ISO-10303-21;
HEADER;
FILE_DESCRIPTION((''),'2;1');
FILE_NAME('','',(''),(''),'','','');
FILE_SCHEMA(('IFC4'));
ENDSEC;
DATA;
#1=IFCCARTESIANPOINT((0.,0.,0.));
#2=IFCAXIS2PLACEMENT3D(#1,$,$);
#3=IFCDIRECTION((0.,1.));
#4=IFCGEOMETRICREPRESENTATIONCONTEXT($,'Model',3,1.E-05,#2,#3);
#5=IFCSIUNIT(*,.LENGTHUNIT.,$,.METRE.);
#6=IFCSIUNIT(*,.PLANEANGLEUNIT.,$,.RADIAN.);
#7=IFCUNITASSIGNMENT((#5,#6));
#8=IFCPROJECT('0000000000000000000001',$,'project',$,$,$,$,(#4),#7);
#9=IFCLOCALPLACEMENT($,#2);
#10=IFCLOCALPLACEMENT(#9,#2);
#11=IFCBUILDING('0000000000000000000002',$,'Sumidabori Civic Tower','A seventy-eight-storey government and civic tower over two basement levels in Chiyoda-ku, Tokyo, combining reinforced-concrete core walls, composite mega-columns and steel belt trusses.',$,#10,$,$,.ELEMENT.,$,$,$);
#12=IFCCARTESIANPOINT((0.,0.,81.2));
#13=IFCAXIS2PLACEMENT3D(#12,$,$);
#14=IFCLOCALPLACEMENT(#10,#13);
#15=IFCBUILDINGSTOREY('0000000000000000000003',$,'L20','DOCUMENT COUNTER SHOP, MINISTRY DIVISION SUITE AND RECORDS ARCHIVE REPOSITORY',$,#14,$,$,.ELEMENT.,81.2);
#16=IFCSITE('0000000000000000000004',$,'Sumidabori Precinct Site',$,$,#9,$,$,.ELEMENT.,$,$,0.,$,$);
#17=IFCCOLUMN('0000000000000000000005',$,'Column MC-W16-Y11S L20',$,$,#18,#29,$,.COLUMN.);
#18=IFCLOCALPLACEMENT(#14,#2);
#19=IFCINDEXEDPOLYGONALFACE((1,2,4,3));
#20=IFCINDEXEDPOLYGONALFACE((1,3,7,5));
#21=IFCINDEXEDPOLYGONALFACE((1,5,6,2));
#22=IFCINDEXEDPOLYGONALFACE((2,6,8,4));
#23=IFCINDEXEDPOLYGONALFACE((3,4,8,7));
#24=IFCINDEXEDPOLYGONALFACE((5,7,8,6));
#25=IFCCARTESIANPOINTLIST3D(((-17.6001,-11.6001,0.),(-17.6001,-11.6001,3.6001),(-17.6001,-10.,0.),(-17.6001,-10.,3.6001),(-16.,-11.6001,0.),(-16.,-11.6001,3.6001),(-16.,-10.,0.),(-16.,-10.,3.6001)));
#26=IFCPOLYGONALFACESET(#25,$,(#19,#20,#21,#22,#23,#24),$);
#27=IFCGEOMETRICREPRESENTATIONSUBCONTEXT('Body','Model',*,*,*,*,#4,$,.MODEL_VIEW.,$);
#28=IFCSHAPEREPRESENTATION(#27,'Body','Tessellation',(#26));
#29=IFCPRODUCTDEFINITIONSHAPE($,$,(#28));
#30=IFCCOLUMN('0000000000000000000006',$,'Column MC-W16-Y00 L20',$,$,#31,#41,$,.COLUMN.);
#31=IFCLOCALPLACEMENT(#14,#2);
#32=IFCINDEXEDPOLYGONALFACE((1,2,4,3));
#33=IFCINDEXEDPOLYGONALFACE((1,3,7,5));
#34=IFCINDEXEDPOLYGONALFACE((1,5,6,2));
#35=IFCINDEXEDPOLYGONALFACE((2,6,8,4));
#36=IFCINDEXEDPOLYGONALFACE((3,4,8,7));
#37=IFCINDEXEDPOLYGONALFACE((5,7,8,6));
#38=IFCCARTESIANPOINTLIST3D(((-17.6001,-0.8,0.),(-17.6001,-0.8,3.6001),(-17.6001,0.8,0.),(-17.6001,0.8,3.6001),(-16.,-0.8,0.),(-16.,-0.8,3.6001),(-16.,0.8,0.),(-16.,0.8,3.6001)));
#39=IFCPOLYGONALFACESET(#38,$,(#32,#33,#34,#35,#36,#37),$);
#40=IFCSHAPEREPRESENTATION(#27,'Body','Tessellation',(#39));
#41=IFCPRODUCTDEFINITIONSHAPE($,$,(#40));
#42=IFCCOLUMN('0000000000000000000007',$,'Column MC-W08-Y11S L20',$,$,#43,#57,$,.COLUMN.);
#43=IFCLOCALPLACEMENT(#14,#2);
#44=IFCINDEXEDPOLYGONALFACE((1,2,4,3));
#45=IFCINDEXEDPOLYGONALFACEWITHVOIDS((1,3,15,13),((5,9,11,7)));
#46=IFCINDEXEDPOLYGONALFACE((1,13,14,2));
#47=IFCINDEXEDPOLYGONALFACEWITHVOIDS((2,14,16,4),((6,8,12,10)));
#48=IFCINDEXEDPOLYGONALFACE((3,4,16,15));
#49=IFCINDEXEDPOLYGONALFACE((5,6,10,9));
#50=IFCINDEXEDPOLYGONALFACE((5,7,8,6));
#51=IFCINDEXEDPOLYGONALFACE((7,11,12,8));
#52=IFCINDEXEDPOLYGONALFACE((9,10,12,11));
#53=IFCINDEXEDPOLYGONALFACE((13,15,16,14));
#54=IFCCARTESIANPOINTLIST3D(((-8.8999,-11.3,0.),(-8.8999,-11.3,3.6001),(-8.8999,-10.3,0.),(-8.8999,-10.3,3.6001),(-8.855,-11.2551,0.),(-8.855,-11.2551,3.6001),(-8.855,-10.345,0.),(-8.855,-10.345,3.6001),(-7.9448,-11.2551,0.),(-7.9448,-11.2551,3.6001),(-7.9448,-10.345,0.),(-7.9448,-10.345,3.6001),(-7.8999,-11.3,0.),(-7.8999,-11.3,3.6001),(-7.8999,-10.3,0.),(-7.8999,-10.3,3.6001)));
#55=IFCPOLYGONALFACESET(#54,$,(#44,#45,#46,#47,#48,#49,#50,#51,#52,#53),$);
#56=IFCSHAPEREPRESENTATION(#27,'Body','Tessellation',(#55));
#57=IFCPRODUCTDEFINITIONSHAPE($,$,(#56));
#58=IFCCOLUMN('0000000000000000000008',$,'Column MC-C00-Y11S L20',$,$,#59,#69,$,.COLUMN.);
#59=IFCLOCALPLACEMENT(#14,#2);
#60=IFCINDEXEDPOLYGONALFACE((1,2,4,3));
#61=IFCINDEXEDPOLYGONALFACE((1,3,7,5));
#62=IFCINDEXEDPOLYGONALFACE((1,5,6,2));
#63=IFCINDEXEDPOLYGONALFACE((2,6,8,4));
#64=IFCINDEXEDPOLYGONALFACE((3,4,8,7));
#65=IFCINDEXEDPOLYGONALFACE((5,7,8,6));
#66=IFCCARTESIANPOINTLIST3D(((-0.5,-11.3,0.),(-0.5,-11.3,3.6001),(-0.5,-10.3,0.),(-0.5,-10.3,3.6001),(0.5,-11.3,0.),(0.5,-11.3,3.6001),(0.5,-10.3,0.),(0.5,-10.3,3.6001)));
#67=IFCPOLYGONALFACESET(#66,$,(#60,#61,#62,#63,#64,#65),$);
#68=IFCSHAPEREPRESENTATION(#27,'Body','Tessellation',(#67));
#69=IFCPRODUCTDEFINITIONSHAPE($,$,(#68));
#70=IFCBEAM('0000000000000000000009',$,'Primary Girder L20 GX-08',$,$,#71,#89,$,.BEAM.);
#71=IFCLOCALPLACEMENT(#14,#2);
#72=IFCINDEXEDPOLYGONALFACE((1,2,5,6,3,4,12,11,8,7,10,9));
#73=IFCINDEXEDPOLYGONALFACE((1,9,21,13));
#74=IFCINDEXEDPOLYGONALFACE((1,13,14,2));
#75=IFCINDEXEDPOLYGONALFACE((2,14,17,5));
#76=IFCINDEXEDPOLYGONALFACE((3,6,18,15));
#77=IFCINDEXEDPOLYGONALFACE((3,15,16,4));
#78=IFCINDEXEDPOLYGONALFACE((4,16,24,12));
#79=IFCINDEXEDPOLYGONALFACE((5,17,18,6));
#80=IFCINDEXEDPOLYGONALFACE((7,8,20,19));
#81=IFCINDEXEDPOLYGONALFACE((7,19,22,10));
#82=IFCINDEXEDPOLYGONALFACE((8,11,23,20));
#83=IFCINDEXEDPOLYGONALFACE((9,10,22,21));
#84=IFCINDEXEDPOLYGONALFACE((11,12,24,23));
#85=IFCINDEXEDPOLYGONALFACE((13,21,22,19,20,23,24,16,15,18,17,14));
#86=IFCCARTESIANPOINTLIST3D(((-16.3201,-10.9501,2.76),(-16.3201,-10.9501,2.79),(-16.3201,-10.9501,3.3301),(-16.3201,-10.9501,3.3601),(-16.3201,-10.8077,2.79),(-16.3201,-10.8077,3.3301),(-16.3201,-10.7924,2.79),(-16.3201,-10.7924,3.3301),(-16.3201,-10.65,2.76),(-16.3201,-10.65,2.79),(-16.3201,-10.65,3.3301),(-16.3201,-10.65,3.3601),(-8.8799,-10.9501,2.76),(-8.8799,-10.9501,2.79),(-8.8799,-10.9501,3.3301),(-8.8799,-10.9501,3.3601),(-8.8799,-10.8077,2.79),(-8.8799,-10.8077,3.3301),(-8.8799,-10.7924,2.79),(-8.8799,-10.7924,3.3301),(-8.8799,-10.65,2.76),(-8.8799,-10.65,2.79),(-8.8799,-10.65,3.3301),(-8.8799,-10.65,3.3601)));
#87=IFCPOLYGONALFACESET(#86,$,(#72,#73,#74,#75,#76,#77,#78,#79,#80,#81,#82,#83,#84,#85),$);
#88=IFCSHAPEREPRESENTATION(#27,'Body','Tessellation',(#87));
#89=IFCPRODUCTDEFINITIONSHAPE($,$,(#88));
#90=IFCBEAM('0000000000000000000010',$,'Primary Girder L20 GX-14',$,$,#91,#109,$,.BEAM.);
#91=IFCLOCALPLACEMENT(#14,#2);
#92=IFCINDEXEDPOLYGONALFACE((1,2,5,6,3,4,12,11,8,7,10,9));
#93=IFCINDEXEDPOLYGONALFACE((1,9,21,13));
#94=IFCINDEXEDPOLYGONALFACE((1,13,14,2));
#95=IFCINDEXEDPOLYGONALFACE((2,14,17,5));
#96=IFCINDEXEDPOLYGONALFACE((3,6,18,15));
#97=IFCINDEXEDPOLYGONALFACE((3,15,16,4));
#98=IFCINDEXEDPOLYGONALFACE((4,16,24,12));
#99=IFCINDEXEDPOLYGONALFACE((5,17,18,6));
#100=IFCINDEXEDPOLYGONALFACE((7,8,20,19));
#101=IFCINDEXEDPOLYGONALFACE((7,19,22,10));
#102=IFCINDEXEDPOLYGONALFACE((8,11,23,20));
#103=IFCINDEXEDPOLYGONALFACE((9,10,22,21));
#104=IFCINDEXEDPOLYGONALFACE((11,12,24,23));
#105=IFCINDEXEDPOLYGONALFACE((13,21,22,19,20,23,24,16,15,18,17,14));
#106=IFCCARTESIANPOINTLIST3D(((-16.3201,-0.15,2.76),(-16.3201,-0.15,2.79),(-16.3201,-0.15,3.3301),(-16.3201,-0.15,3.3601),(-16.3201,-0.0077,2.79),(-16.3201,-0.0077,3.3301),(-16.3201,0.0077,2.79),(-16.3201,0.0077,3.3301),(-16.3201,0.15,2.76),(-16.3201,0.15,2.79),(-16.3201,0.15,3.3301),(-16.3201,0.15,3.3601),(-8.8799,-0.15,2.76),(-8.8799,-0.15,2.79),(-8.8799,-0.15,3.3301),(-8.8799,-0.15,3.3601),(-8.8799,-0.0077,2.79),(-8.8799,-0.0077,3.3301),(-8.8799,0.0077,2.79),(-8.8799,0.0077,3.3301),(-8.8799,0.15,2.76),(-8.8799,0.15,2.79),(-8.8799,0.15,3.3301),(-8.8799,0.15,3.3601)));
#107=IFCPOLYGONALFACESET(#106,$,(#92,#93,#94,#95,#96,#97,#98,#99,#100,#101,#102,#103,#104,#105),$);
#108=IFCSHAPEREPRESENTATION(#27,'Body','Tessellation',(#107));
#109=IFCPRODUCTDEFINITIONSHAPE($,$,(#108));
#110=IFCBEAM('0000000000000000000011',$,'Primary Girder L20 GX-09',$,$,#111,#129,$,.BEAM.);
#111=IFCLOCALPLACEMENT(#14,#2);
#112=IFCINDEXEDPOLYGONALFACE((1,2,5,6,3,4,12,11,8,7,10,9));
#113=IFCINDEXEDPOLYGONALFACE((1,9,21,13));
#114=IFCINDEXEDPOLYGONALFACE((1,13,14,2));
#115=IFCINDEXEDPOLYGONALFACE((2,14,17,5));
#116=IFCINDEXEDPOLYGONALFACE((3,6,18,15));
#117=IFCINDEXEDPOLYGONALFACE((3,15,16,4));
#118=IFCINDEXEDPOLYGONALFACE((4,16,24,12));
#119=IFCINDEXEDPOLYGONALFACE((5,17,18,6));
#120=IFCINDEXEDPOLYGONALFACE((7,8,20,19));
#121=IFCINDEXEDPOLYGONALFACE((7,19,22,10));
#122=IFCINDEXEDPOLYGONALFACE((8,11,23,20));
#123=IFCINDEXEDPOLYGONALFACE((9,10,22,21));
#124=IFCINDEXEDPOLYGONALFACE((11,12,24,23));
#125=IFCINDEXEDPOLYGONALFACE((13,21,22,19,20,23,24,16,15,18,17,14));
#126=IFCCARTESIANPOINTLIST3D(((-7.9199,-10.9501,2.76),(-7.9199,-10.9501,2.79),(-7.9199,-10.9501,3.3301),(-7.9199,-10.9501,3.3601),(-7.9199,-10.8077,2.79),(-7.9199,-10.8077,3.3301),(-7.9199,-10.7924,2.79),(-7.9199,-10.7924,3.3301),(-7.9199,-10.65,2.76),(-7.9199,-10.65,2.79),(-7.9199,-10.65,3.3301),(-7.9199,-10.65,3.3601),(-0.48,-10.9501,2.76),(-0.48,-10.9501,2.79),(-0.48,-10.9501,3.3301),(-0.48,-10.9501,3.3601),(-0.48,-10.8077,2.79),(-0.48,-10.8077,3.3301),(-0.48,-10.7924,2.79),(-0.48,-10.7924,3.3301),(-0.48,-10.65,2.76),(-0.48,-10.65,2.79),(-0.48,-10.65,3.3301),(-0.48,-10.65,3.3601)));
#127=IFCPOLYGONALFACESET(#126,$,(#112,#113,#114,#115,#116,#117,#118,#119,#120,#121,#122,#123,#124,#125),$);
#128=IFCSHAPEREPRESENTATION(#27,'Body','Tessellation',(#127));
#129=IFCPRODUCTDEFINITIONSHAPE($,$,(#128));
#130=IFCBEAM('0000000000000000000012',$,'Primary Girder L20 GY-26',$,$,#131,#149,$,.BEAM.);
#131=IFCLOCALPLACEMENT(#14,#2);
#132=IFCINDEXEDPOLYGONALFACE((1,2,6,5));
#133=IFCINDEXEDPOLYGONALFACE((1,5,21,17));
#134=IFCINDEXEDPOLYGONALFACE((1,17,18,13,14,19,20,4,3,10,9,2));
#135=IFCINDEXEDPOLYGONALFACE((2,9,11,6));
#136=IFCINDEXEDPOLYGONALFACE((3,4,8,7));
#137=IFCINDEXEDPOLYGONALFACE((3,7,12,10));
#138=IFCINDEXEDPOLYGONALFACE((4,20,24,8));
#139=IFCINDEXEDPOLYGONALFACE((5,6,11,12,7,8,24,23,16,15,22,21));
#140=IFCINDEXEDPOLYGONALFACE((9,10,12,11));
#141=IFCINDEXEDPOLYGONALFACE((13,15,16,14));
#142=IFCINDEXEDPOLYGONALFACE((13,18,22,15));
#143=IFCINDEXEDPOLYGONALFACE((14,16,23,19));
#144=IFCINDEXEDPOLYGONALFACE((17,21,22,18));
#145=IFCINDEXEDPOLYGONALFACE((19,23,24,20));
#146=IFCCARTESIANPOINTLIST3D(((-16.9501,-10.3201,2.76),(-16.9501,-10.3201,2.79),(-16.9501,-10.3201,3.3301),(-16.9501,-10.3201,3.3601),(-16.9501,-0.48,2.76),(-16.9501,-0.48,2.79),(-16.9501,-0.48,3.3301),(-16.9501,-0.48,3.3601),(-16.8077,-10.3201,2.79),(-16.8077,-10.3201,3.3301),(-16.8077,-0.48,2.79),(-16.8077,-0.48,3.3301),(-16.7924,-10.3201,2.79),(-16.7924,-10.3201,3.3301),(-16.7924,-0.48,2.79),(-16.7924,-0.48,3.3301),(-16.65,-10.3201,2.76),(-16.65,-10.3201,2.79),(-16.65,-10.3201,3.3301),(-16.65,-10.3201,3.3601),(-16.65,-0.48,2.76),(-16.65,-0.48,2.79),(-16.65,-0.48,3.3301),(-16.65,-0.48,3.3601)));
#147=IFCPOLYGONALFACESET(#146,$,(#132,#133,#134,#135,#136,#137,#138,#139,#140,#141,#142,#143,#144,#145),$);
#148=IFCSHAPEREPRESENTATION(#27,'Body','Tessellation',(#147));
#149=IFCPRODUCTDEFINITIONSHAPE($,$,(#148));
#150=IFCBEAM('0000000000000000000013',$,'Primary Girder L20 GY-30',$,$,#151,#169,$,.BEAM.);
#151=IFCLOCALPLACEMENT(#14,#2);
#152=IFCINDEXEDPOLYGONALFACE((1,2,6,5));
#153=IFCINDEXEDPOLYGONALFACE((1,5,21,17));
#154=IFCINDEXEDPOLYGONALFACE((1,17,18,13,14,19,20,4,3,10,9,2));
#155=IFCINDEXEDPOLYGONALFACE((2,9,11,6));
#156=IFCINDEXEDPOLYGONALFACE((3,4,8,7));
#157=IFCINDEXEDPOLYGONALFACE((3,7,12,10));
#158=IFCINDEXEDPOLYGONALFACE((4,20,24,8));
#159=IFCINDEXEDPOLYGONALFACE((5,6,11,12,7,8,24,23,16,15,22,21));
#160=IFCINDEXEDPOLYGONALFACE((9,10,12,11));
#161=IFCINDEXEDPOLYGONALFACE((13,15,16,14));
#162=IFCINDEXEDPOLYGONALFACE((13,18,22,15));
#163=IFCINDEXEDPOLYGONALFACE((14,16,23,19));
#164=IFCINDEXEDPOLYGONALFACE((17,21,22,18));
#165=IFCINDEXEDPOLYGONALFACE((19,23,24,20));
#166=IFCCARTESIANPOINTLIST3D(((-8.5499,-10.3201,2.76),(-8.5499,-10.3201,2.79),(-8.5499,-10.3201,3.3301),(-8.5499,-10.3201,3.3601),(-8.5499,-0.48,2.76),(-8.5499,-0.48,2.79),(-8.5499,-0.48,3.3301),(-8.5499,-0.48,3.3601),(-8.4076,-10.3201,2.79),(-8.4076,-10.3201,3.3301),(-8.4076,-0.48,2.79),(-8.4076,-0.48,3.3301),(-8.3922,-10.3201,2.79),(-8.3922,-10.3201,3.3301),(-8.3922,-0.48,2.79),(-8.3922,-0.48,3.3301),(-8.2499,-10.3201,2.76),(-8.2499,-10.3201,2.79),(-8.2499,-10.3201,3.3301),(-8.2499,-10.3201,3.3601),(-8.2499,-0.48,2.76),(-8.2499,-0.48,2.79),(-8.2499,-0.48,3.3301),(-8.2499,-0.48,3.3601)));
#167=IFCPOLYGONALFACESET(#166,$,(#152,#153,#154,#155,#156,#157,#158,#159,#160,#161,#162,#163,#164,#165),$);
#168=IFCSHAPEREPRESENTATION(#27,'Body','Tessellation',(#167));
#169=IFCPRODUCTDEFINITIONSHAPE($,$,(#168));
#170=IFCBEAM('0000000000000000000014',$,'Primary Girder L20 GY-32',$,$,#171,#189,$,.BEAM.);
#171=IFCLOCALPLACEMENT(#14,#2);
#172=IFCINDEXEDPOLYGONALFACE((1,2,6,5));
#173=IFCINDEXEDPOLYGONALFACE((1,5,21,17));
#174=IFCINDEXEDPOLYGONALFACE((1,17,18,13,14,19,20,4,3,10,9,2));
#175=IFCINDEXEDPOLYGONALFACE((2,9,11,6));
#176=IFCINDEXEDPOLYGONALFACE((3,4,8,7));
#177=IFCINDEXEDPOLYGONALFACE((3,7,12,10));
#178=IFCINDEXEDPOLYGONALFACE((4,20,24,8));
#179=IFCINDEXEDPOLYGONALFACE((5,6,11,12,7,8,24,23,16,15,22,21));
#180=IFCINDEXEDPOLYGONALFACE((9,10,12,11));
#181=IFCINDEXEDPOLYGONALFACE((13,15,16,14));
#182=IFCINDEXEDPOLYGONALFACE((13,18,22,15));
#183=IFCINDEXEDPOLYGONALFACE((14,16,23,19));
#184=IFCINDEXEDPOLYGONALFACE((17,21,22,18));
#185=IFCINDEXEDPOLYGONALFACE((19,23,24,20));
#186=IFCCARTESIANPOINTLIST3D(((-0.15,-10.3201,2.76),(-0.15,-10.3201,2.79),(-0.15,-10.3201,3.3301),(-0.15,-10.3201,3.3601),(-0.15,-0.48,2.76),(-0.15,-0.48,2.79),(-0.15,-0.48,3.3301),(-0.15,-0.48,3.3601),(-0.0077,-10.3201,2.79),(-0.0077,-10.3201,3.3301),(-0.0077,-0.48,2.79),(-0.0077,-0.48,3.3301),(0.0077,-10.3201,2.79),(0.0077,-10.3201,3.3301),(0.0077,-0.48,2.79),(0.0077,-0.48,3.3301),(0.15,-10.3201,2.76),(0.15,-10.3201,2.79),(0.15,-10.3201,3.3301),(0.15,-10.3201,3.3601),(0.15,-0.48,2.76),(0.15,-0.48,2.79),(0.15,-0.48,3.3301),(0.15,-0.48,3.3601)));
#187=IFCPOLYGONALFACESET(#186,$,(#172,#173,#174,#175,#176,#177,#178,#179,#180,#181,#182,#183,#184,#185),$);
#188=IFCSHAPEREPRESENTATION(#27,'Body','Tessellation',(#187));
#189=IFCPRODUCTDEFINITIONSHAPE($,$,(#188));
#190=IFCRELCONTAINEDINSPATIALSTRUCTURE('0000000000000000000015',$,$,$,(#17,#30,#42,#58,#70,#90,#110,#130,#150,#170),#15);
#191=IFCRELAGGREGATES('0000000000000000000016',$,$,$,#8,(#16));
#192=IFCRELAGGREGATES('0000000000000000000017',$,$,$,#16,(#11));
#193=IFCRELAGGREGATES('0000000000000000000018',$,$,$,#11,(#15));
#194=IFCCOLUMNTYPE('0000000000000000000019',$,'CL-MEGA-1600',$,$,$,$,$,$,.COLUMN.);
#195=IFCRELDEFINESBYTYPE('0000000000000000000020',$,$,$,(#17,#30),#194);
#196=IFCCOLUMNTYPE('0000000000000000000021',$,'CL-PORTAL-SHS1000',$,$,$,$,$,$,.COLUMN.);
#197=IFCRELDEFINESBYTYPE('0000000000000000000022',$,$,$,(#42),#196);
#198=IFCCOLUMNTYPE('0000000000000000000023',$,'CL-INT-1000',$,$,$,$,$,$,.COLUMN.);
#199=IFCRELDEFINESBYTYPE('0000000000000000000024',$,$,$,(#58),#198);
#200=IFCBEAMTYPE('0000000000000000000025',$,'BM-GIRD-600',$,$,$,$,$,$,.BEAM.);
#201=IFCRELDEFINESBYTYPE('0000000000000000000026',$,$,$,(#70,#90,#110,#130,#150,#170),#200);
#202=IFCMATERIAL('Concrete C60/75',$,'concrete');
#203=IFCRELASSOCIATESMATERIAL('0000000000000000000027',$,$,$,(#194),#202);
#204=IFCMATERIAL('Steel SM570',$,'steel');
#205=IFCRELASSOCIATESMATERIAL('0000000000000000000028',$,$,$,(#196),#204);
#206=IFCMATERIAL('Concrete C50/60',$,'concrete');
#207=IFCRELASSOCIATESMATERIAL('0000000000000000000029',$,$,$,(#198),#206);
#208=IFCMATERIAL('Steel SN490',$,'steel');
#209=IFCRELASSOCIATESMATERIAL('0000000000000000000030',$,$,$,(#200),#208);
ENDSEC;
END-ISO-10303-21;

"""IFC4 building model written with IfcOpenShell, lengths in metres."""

from ifc_helpers import new_model, si_unit, direction, frame, origin, origin_2d, place, context, subcontext, project, spatial, rectangle, hollow_rectangle, i_section, extrude, source, transform, mapped, material, material_profile, profile_set, type_object, element, save


model = new_model("IFC4")

# Units and contexts
model_context = context("Model", 3, precision=1e-05, world=origin(), true_north=direction((0.0, 1.0)))
body_context = subcontext(model_context, "Body", "Model", "MODEL_VIEW")
ifc_project = project(units=[si_unit("LENGTHUNIT", "METRE"), si_unit("PLANEANGLEUNIT", "RADIAN")], contexts=[model_context])

# Site, building, storey
site_placement = place(None, origin())
site = spatial("IfcSite", under=ifc_project, at=site_placement, Name="Sumidabori Precinct Site", CompositionType="ELEMENT", RefElevation=0.0)
building_placement = place(site_placement, origin())
building = spatial("IfcBuilding", under=site, at=building_placement, Name="Sumidabori Civic Tower", Description="A seventy-eight-storey government and civic tower over two basement levels in Chiyoda-ku, Tokyo, combining reinforced-concrete core walls, composite mega-columns and steel belt trusses.", CompositionType="ELEMENT")
storey_placement = place(building_placement, frame((0.0, 0.0, 81.2)))
storey = spatial("IfcBuildingStorey", under=building, at=storey_placement, Name="L20", Description="DOCUMENT COUNTER SHOP, MINISTRY DIVISION SUITE AND RECORDS ARCHIVE REPOSITORY", CompositionType="ELEMENT", Elevation=81.2)

# Columns
ifc_material_1 = material(Name="Concrete C60/75", Category="concrete")
ifc_material_profile_1 = material_profile(ifc_material_1, rectangle(XDim=1.6001, YDim=1.6001, at=origin_2d()), Name="RC 1600x1600")
ifc_profile_set_1 = profile_set([ifc_material_profile_1], Name="Concrete C60/75")
column_type_1 = type_object("IfcColumnType", Name="CL-MEGA-1600", PredefinedType="COLUMN", material=ifc_profile_set_1)
shared_shape_1 = source(origin(), body_context, "Body", "SweptSolid", [
    extrude(rectangle(XDim=1.6001, YDim=1.6001, at=origin_2d()), origin(), (0.0, 0.0, 1.0), 3.6001),
])
for number, where, z_axis, x_axis, name in (
    (1, (-16.8, -10.8, 0.0), (0.0, 0.0, 1.0), (1.0, 0.0, 0.0), "Column MC-W16-Y11S L20"),
    (2, (-16.8, 0.0, 0.0), (0.0, 0.0, 1.0), (1.0, 0.0, 0.0), "Column MC-W16-Y00 L20"),
):
    element("IfcColumn", number, at=place(storey_placement, frame(where, z_axis=z_axis, x_axis=x_axis)), inside=storey, type_object=column_type_1, Name=name, PredefinedType="COLUMN", context=body_context, shape_type="MappedRepresentation", body=[
        mapped(shared_shape_1, transform((0.0, 0.0, 0.0), x_axis=(1.0, 0.0, 0.0), y_axis=(0.0, 1.0, 0.0), z_axis=(0.0, 0.0, 1.0), scale=1.0)),
    ])
ifc_material_2 = material(Name="Steel SM570", Category="steel")
ifc_material_profile_2 = material_profile(ifc_material_2, hollow_rectangle(XDim=1.0, YDim=1.0, WallThickness=0.0449, at=origin_2d()), Name="SHS 1000x1000x45")
ifc_profile_set_2 = profile_set([ifc_material_profile_2], Name="Steel SM570")
column_type_2 = type_object("IfcColumnType", Name="CL-PORTAL-SHS1000", PredefinedType="COLUMN", material=ifc_profile_set_2)
shared_shape_2 = source(origin(), body_context, "Body", "SweptSolid", [
    extrude(hollow_rectangle(XDim=1.0, YDim=1.0, WallThickness=0.0449, at=origin_2d()), origin(), (0.0, 0.0, 1.0), 3.6001),
])
column_1_placement = place(storey_placement, frame((-8.3999, -10.8, 0.0), z_axis=(0.0, 0.0, 1.0), x_axis=(1.0, 0.0, 0.0)))
element("IfcColumn", 3, at=column_1_placement, inside=storey, type_object=column_type_2, Name="Column MC-W08-Y11S L20", PredefinedType="COLUMN", context=body_context, shape_type="MappedRepresentation", body=[
    mapped(shared_shape_2, transform((0.0, 0.0, 0.0), x_axis=(1.0, 0.0, 0.0), y_axis=(0.0, 1.0, 0.0), z_axis=(0.0, 0.0, 1.0), scale=1.0)),
])
ifc_material_3 = material(Name="Concrete C50/60", Category="concrete")
ifc_material_profile_3 = material_profile(ifc_material_3, rectangle(XDim=1.0, YDim=1.0, at=origin_2d()), Name="RC 1000x1000")
ifc_profile_set_3 = profile_set([ifc_material_profile_3], Name="Concrete C50/60")
column_type_3 = type_object("IfcColumnType", Name="CL-INT-1000", PredefinedType="COLUMN", material=ifc_profile_set_3)
shared_shape_3 = source(origin(), body_context, "Body", "SweptSolid", [
    extrude(rectangle(XDim=1.0, YDim=1.0, at=origin_2d()), origin(), (0.0, 0.0, 1.0), 3.6001),
])
column_2_placement = place(storey_placement, frame((0.0, -10.8, 0.0), z_axis=(0.0, 0.0, 1.0), x_axis=(1.0, 0.0, 0.0)))
element("IfcColumn", 4, at=column_2_placement, inside=storey, type_object=column_type_3, Name="Column MC-C00-Y11S L20", PredefinedType="COLUMN", context=body_context, shape_type="MappedRepresentation", body=[
    mapped(shared_shape_3, transform((0.0, 0.0, 0.0), x_axis=(1.0, 0.0, 0.0), y_axis=(0.0, 1.0, 0.0), z_axis=(0.0, 0.0, 1.0), scale=1.0)),
])

# Beams
ifc_material_4 = material(Name="Steel SN490", Category="steel")
ifc_material_profile_4 = material_profile(ifc_material_4, i_section(OverallWidth=0.3, OverallDepth=0.6001, WebThickness=0.0154, FlangeThickness=0.03, at=origin_2d()), Name="HE 600 B")
ifc_profile_set_4 = profile_set([ifc_material_profile_4], Name="Steel SN490")
beam_type_1 = type_object("IfcBeamType", Name="BM-GIRD-600", PredefinedType="BEAM", material=ifc_profile_set_4)
shared_shape_4 = source(origin(), body_context, "Body", "SweptSolid", [
    extrude(i_section(OverallWidth=0.3, OverallDepth=0.6001, WebThickness=0.0154, FlangeThickness=0.03, at=origin_2d()), origin(), (0.0, 0.0, 1.0), 7.4402),
])
for number, where, z_axis, x_axis, name in (
    (5, (-16.3201, -10.8, 3.0601), (1.0, 0.0, 0.0), (0.0, 1.0, 0.0), "Primary Girder L20 GX-08"),
    (6, (-16.3201, 0.0, 3.0601), (1.0, 0.0, 0.0), (0.0, 1.0, 0.0), "Primary Girder L20 GX-14"),
):
    element("IfcBeam", number, at=place(storey_placement, frame(where, z_axis=z_axis, x_axis=x_axis)), inside=storey, type_object=beam_type_1, Name=name, PredefinedType="BEAM", context=body_context, shape_type="MappedRepresentation", body=[
        mapped(shared_shape_4, transform((0.0, 0.0, 0.0), x_axis=(1.0, 0.0, 0.0), y_axis=(0.0, 1.0, 0.0), z_axis=(0.0, 0.0, 1.0), scale=1.0)),
    ])
shared_shape_5 = source(origin(), body_context, "Body", "SweptSolid", [
    extrude(i_section(OverallWidth=0.3, OverallDepth=0.6001, WebThickness=0.0154, FlangeThickness=0.03, at=origin_2d()), origin(), (0.0, 0.0, 1.0), 7.4399),
])
beam_placement = place(storey_placement, frame((-7.9199, -10.8, 3.0601), z_axis=(1.0, 0.0, 0.0), x_axis=(0.0, 1.0, 0.0)))
element("IfcBeam", 7, at=beam_placement, inside=storey, type_object=beam_type_1, Name="Primary Girder L20 GX-09", PredefinedType="BEAM", context=body_context, shape_type="MappedRepresentation", body=[
    mapped(shared_shape_5, transform((0.0, 0.0, 0.0), x_axis=(1.0, 0.0, 0.0), y_axis=(0.0, 1.0, 0.0), z_axis=(0.0, 0.0, 1.0), scale=1.0)),
])
shared_shape_6 = source(origin(), body_context, "Body", "SweptSolid", [
    extrude(i_section(OverallWidth=0.3, OverallDepth=0.6001, WebThickness=0.0154, FlangeThickness=0.03, at=origin_2d()), origin(), (0.0, 0.0, 1.0), 9.8401),
])
for number, where, z_axis, x_axis, name in (
    (8, (-16.8, -10.3201, 3.0601), (0.0, 1.0, 0.0), (-1.0, 0.0, 0.0), "Primary Girder L20 GY-26"),
    (9, (-8.3999, -10.3201, 3.0601), (0.0, 1.0, 0.0), (-1.0, 0.0, 0.0), "Primary Girder L20 GY-30"),
    (10, (0.0, -10.3201, 3.0601), (0.0, 1.0, 0.0), (-1.0, 0.0, 0.0), "Primary Girder L20 GY-32"),
):
    element("IfcBeam", number, at=place(storey_placement, frame(where, z_axis=z_axis, x_axis=x_axis)), inside=storey, type_object=beam_type_1, Name=name, PredefinedType="BEAM", context=body_context, shape_type="MappedRepresentation", body=[
        mapped(shared_shape_6, transform((0.0, 0.0, 0.0), x_axis=(1.0, 0.0, 0.0), y_axis=(0.0, 1.0, 0.0), z_axis=(0.0, 0.0, 1.0), scale=1.0)),
    ])

save(model, "model.ifc")
